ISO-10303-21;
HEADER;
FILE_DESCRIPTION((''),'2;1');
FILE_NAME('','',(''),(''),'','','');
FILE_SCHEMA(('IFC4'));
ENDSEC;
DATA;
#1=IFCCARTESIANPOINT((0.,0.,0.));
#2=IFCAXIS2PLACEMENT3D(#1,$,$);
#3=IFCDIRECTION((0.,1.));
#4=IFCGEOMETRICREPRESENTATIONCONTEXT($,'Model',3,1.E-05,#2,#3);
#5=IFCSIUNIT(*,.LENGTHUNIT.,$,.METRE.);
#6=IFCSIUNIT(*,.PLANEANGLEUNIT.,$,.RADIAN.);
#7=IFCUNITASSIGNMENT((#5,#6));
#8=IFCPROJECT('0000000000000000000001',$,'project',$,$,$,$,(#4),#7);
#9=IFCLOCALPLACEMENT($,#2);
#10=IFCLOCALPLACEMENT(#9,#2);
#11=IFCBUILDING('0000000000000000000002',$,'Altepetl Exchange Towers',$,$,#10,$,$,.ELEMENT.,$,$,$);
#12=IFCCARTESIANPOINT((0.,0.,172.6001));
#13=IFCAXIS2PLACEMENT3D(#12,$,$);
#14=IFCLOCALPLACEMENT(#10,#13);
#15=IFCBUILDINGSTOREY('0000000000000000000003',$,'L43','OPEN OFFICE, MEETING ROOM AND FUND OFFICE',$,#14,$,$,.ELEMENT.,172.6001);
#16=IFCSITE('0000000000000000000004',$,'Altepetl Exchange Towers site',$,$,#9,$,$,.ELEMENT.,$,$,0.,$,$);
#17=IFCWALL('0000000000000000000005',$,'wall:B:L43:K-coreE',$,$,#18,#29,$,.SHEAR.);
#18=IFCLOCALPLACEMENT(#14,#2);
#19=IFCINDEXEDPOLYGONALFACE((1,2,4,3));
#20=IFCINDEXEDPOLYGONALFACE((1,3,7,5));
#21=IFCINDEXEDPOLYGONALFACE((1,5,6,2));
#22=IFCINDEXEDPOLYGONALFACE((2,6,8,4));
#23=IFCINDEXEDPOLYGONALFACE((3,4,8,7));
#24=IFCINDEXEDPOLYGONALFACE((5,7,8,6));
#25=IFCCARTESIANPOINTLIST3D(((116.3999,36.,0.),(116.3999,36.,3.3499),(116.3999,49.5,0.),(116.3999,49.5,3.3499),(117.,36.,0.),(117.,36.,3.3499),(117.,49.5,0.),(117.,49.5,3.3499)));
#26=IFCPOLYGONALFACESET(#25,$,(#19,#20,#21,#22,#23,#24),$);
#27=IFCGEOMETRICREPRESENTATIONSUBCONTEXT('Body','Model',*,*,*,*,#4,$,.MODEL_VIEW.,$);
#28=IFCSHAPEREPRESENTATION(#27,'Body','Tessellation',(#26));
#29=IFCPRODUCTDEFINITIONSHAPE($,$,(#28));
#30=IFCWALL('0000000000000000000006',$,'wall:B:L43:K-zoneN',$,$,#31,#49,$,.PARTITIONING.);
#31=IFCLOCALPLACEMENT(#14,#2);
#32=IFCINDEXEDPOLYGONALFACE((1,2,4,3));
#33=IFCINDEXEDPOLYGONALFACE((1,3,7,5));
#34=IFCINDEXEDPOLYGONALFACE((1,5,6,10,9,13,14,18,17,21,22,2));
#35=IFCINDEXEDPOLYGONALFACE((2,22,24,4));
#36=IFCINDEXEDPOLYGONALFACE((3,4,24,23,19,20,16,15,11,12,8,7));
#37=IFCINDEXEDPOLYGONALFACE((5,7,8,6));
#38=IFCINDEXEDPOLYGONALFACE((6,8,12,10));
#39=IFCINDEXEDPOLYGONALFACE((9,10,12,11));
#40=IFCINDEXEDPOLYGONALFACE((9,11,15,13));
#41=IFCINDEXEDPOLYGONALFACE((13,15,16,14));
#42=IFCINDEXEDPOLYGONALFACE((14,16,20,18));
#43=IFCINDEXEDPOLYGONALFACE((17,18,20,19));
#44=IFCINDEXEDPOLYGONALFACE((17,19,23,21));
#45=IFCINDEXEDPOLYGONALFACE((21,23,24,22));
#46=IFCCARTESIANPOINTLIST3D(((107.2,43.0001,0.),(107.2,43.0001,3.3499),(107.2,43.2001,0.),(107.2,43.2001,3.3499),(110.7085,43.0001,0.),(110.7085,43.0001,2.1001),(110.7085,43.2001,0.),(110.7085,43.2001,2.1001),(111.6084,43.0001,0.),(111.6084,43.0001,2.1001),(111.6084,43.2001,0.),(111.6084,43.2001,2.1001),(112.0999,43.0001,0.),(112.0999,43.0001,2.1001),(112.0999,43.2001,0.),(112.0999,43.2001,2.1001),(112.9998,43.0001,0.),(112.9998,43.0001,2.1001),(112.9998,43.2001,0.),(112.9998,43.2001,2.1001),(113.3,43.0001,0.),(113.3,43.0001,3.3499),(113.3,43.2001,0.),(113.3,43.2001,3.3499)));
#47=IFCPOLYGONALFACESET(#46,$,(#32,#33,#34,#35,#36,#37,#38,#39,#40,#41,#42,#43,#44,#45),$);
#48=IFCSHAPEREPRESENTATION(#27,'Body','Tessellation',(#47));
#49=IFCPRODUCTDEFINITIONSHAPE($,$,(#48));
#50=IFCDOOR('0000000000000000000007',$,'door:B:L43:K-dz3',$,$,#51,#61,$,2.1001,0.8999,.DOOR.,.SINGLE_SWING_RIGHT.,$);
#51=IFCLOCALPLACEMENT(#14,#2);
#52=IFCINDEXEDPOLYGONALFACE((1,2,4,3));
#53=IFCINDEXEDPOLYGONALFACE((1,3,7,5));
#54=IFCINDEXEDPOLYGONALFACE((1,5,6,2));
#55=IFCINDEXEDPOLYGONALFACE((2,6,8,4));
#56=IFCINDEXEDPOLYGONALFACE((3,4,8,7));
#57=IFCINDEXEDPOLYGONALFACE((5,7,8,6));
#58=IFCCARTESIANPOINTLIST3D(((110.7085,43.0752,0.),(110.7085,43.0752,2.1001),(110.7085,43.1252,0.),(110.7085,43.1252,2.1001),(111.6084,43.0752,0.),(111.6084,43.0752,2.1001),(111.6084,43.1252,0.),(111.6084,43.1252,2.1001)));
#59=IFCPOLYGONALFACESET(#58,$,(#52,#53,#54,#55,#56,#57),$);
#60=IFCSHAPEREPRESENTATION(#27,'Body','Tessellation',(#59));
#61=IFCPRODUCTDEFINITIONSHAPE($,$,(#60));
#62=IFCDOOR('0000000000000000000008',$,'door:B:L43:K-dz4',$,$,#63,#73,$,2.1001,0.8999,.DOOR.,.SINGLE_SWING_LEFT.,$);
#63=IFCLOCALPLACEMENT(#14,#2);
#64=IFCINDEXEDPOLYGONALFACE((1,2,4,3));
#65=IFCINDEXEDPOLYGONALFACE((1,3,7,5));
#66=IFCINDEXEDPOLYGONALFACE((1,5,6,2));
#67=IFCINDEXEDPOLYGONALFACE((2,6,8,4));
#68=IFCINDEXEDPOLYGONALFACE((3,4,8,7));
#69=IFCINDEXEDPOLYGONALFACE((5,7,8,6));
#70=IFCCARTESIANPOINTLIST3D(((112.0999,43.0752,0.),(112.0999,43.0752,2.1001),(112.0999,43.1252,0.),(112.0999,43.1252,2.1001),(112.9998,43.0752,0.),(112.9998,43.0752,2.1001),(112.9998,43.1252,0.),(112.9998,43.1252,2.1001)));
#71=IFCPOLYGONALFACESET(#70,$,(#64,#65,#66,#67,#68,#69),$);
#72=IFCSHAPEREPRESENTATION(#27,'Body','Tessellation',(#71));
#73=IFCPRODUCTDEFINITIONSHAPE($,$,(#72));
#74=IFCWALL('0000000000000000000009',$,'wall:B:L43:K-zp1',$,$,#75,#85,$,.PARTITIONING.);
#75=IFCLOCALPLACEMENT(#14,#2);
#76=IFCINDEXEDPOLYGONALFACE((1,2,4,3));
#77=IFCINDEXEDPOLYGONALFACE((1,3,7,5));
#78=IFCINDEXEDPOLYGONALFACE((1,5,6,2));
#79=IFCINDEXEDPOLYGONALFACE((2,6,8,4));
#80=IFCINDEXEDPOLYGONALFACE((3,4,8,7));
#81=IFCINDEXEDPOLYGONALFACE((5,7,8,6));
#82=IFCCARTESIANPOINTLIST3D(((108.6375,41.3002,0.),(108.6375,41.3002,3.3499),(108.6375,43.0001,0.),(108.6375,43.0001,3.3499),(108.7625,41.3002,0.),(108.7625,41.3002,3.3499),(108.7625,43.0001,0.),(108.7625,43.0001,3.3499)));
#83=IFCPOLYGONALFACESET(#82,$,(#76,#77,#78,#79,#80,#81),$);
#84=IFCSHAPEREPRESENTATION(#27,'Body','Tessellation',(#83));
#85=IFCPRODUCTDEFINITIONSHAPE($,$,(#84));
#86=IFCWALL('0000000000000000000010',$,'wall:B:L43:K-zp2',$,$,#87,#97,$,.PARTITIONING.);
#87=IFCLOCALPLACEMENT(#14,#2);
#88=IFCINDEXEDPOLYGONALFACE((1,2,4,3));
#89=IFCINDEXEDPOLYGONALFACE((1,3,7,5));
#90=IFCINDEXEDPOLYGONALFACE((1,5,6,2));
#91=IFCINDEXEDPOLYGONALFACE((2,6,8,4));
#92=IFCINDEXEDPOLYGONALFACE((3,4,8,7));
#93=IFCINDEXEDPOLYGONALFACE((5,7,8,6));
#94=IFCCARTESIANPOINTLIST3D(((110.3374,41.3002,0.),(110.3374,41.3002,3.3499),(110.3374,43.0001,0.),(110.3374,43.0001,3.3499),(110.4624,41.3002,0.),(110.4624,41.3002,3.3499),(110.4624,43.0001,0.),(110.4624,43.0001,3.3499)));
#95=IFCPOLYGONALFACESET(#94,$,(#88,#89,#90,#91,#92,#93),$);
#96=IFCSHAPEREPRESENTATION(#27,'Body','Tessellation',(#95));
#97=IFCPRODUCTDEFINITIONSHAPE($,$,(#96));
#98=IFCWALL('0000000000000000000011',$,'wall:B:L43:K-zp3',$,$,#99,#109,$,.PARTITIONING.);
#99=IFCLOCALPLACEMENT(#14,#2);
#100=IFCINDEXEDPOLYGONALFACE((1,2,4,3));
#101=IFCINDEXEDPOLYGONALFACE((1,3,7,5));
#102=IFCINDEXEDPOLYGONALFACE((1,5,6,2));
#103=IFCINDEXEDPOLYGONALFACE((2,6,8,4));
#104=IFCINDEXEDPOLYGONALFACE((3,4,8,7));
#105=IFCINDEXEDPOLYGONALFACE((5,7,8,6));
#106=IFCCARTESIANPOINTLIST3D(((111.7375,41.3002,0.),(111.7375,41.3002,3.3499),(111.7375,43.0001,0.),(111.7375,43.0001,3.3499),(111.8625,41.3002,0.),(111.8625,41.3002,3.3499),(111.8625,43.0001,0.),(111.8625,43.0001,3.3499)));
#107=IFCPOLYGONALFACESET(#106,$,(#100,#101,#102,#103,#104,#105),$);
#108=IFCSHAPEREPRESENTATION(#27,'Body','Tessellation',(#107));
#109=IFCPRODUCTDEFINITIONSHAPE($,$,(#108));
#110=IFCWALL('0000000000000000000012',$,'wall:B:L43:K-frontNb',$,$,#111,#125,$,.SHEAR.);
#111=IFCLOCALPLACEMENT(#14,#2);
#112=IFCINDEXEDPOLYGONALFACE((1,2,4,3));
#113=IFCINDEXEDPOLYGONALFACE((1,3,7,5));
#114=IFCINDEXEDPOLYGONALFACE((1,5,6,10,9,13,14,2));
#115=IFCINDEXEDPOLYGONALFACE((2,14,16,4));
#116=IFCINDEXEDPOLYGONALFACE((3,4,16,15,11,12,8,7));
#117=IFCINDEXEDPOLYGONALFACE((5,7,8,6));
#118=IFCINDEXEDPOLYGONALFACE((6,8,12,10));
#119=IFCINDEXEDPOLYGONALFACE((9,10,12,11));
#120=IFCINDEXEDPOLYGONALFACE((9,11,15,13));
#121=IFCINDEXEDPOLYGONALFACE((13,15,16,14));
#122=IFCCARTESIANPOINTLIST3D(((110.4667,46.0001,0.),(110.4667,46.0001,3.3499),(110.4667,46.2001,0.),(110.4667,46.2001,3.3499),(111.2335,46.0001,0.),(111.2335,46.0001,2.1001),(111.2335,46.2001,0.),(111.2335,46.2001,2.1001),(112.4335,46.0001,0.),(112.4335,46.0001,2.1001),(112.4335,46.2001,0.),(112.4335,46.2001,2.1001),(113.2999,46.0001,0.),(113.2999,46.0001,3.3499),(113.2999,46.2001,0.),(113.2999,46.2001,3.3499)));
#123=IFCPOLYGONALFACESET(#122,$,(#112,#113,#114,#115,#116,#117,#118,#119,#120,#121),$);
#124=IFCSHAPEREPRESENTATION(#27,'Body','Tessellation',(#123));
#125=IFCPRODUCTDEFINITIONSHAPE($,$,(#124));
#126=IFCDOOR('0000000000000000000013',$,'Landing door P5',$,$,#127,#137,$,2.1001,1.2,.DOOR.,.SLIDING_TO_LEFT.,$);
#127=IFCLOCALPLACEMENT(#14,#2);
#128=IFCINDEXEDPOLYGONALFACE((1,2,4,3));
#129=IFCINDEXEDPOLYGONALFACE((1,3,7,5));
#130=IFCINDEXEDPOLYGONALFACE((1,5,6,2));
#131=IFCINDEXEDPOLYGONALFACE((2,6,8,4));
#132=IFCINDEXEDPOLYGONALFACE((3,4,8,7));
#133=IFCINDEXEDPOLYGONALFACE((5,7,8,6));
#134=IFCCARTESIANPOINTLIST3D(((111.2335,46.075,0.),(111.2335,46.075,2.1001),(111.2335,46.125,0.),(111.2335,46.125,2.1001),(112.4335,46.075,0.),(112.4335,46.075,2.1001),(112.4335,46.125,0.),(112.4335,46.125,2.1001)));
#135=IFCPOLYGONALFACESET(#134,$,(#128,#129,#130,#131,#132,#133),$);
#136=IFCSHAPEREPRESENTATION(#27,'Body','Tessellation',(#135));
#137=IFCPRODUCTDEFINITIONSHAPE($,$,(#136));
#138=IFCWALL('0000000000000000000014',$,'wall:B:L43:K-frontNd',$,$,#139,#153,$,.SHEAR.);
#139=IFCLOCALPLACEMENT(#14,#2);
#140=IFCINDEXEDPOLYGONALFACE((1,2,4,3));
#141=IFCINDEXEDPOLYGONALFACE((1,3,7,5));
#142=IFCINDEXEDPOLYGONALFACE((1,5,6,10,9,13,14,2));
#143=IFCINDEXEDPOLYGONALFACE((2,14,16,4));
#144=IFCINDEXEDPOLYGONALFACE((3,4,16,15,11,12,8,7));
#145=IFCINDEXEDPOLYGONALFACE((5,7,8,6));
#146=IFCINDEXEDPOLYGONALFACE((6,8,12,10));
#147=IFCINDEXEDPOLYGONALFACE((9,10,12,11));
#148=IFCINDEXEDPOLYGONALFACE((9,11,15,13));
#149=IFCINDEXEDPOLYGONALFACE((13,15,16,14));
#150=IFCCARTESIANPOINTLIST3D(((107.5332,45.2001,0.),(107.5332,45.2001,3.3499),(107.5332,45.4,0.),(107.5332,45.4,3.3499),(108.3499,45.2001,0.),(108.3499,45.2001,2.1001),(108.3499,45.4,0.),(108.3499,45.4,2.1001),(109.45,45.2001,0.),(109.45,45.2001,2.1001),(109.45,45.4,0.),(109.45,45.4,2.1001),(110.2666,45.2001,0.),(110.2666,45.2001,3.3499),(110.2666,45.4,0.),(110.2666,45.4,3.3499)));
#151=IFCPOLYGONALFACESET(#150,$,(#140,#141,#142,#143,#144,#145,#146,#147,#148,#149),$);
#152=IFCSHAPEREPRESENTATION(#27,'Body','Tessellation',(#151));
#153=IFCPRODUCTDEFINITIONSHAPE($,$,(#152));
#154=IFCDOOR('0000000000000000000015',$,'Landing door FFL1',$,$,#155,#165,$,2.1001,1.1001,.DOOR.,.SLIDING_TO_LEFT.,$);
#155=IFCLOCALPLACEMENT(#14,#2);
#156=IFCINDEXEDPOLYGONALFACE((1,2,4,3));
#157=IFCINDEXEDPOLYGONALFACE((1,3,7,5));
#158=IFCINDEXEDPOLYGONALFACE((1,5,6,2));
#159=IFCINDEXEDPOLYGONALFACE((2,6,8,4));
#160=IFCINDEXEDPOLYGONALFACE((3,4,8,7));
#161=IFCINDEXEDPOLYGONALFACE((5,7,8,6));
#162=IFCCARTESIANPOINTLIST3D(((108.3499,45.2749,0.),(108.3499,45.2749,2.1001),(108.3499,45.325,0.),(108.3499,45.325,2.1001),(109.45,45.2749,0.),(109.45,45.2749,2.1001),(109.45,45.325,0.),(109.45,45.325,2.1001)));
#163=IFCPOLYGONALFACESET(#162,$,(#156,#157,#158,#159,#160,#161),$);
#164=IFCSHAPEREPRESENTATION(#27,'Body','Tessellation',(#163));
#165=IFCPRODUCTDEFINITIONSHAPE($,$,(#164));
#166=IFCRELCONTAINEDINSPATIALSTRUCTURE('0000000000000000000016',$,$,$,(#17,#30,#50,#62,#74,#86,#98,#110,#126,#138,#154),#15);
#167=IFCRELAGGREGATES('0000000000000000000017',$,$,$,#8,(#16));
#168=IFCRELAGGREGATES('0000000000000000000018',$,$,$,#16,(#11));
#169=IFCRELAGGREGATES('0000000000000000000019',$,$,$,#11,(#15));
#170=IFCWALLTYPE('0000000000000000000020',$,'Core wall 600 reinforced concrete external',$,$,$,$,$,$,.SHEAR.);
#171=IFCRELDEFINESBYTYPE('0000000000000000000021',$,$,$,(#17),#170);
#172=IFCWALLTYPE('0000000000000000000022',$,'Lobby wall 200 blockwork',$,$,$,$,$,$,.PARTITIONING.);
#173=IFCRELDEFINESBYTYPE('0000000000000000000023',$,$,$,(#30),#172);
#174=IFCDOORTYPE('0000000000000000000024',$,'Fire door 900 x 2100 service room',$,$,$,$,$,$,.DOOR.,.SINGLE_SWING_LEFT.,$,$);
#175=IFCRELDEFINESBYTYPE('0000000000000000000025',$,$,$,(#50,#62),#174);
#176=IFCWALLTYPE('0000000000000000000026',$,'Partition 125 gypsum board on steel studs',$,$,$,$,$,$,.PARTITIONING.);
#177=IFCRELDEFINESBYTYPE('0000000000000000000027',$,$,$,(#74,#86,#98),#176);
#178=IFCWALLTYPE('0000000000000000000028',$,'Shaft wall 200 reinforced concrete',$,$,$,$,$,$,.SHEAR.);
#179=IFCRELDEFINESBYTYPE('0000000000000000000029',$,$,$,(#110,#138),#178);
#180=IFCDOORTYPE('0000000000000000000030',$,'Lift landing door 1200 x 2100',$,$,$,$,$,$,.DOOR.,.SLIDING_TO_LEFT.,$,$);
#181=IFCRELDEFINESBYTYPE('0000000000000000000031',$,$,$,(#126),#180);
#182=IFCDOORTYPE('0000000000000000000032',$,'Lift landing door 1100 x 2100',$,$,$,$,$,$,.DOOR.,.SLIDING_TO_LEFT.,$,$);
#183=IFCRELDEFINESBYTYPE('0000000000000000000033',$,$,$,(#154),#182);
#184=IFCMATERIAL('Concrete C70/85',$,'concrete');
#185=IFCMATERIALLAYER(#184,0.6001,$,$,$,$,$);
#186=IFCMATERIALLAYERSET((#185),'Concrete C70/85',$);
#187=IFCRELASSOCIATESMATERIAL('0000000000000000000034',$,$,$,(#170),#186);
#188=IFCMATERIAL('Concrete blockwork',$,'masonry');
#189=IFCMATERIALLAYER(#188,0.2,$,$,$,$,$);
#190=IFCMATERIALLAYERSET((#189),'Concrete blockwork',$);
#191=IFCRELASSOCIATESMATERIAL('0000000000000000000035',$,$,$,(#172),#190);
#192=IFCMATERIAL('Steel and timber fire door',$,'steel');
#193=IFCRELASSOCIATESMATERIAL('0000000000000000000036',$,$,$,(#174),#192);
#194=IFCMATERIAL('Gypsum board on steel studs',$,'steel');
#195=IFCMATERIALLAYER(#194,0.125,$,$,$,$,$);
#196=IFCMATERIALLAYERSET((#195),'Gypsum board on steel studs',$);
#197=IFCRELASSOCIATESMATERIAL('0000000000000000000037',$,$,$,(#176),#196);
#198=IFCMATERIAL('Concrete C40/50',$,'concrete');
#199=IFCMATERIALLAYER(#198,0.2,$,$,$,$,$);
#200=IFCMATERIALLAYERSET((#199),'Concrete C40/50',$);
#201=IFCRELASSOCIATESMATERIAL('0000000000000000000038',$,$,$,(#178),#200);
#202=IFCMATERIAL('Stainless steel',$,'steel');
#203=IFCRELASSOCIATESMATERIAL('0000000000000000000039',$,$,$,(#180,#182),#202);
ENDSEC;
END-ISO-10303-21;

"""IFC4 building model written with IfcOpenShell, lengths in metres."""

from ifc_helpers import new_model, si_unit, direction, frame, frame_2d, origin, place, context, subcontext, project, spatial, rectangle, extrude, material, layer, layer_set, type_object, element, fill, save


model = new_model("IFC4")

# Units and contexts
model_context = context("Model", 3, precision=1e-05, world=origin(), true_north=direction((0.0, 1.0)))
body_context = subcontext(model_context, "Body", "Model", "MODEL_VIEW")
ifc_project = project(units=[si_unit("LENGTHUNIT", "METRE"), si_unit("PLANEANGLEUNIT", "RADIAN")], contexts=[model_context])

# Site, building, storey
site_placement = place(None, origin())
site = spatial("IfcSite", under=ifc_project, at=site_placement, Name="Altepetl Exchange Towers site", CompositionType="ELEMENT", RefElevation=0.0)
building_placement = place(site_placement, origin())
building = spatial("IfcBuilding", under=site, at=building_placement, Name="Altepetl Exchange Towers", CompositionType="ELEMENT")
storey_placement = place(building_placement, frame((0.0, 0.0, 172.6001)))
storey = spatial("IfcBuildingStorey", under=building, at=storey_placement, Name="L43", Description="OPEN OFFICE, MEETING ROOM AND FUND OFFICE", CompositionType="ELEMENT", Elevation=172.6001)

# Wall
ifc_material_1 = material(Name="Concrete C70/85", Category="concrete")
ifc_layer_1 = layer(ifc_material_1, 0.6001)
ifc_layer_set_1 = layer_set([ifc_layer_1], Name="Concrete C70/85")
wall_type_1 = type_object("IfcWallType", Name="Core wall 600 reinforced concrete external", PredefinedType="SHEAR", material=ifc_layer_set_1)
wall_1_placement = place(storey_placement, frame((116.7, 36.0, 0.0), z_axis=(0.0, 0.0, 1.0), x_axis=(0.0, 1.0, 0.0)))
element("IfcWall", 1, at=wall_1_placement, inside=storey, type_object=wall_type_1, Name="wall:B:L43:K-coreE", PredefinedType="SHEAR", context=body_context, shape_type="SweptSolid", body=[
    extrude(rectangle(XDim=13.5, YDim=0.6001, at=frame_2d((6.75, 0.0))), origin(), (0.0, 0.0, 1.0), 3.3499),
])

# Wall, openings, doors
ifc_material_2 = material(Name="Concrete blockwork", Category="masonry")
ifc_layer_2 = layer(ifc_material_2, 0.2)
ifc_layer_set_2 = layer_set([ifc_layer_2], Name="Concrete blockwork")
wall_type_2 = type_object("IfcWallType", Name="Lobby wall 200 blockwork", PredefinedType="PARTITIONING", material=ifc_layer_set_2)
wall_2_placement = place(storey_placement, frame((107.2, 43.1001, 0.0)))
wall_2 = element("IfcWall", 2, at=wall_2_placement, inside=storey, type_object=wall_type_2, Name="wall:B:L43:K-zoneN", PredefinedType="PARTITIONING", context=body_context, shape_type="SweptSolid", body=[
    extrude(rectangle(XDim=6.1001, YDim=0.2, at=frame_2d((3.05, 0.0))), origin(), (0.0, 0.0, 1.0), 3.3499),
])
opening_1_placement = place(wall_2_placement, frame((3.5085, 0.0, 0.0)))
opening_1 = element("IfcOpeningElement", 3, at=opening_1_placement, cuts=wall_2, PredefinedType="OPENING", context=body_context, shape_type="SweptSolid", body=[
    extrude(rectangle(XDim=0.8999, YDim=2.1001, at=frame_2d((0.45, 1.05))), frame((0.0, 0.1099, 0.0), z_axis=(0.0, -1.0, 0.0), x_axis=(1.0, 0.0, 0.0)), (0.0, 0.0, 1.0), 0.22),
])
opening_2_placement = place(wall_2_placement, frame((4.8999, 0.0, 0.0)))
opening_2 = element("IfcOpeningElement", 4, at=opening_2_placement, cuts=wall_2, PredefinedType="OPENING", context=body_context, shape_type="SweptSolid", body=[
    extrude(rectangle(XDim=0.8999, YDim=2.1001, at=frame_2d((0.45, 1.05))), frame((0.0, 0.1099, 0.0), z_axis=(0.0, -1.0, 0.0), x_axis=(1.0, 0.0, 0.0)), (0.0, 0.0, 1.0), 0.22),
])
ifc_material_3 = material(Name="Steel and timber fire door", Category="steel")
door_type_1 = type_object("IfcDoorType", Name="Fire door 900 x 2100 service room", OperationType="SINGLE_SWING_LEFT", PredefinedType="DOOR", material=ifc_material_3)
door_1_placement = place(opening_1_placement, frame((0.8999, 0.0, 0.0), x_axis=(-1.0, 0.0, 0.0)))
door_1 = element("IfcDoor", 5, at=door_1_placement, inside=storey, type_object=door_type_1, Name="door:B:L43:K-dz3", OperationType="SINGLE_SWING_RIGHT", OverallHeight=2.1001, OverallWidth=0.8999, PredefinedType="DOOR", context=body_context, shape_type="SweptSolid", body=[
    extrude(rectangle(XDim=0.8999, YDim=2.1001, at=frame_2d((0.45, 1.05))), frame((0.0, 0.0249, 0.0), z_axis=(0.0, -1.0, 0.0), x_axis=(1.0, 0.0, 0.0)), (0.0, 0.0, 1.0), 0.05),
])
fill(opening_1, door_1)
door_2_placement = place(opening_2_placement, frame((0.8999, 0.0, 0.0), x_axis=(-1.0, 0.0, 0.0)))
door_2 = element("IfcDoor", 6, at=door_2_placement, inside=storey, type_object=door_type_1, Name="door:B:L43:K-dz4", OperationType="SINGLE_SWING_LEFT", OverallHeight=2.1001, OverallWidth=0.8999, PredefinedType="DOOR", context=body_context, shape_type="SweptSolid", body=[
    extrude(rectangle(XDim=0.8999, YDim=2.1001, at=frame_2d((0.45, 1.05))), frame((0.0, 0.0249, 0.0), z_axis=(0.0, -1.0, 0.0), x_axis=(1.0, 0.0, 0.0)), (0.0, 0.0, 1.0), 0.05),
])
fill(opening_2, door_2)

# Walls
ifc_material_4 = material(Name="Gypsum board on steel studs", Category="steel")
ifc_layer_3 = layer(ifc_material_4, 0.125)
ifc_layer_set_3 = layer_set([ifc_layer_3], Name="Gypsum board on steel studs")
wall_type_3 = type_object("IfcWallType", Name="Partition 125 gypsum board on steel studs", PredefinedType="PARTITIONING", material=ifc_layer_set_3)
for number, where, z_axis, x_axis, name in (
    (7, (108.7, 41.3, 0.0), (0.0, 0.0, 1.0), (0.0, 1.0, 0.0), "wall:B:L43:K-zp1"),
    (8, (110.3999, 41.3, 0.0), (0.0, 0.0, 1.0), (0.0, 1.0, 0.0), "wall:B:L43:K-zp2"),
    (9, (111.8, 41.3, 0.0), (0.0, 0.0, 1.0), (0.0, 1.0, 0.0), "wall:B:L43:K-zp3"),
):
    element("IfcWall", number, at=place(storey_placement, frame(where, z_axis=z_axis, x_axis=x_axis)), inside=storey, type_object=wall_type_3, Name=name, PredefinedType="PARTITIONING", context=body_context, shape_type="SweptSolid", body=[
        extrude(rectangle(XDim=1.7, YDim=0.125, at=frame_2d((0.8501, 0.0))), origin(), (0.0, 0.0, 1.0), 3.3499),
    ])

# Walls, openings, doors
ifc_material_5 = material(Name="Concrete C40/50", Category="concrete")
ifc_layer_4 = layer(ifc_material_5, 0.2)
ifc_layer_set_4 = layer_set([ifc_layer_4], Name="Concrete C40/50")
wall_type_4 = type_object("IfcWallType", Name="Shaft wall 200 reinforced concrete", PredefinedType="SHEAR", material=ifc_layer_set_4)
wall_3_placement = place(storey_placement, frame((110.4668, 46.1001, 0.0)))
wall_3 = element("IfcWall", 10, at=wall_3_placement, inside=storey, type_object=wall_type_4, Name="wall:B:L43:K-frontNb", PredefinedType="SHEAR", context=body_context, shape_type="SweptSolid", body=[
    extrude(rectangle(XDim=2.8333, YDim=0.2, at=frame_2d((1.4165, 0.0))), origin(), (0.0, 0.0, 1.0), 3.3499),
])
opening_3_placement = place(wall_3_placement, frame((0.7666, 0.0, 0.0)))
opening_3 = element("IfcOpeningElement", 11, at=opening_3_placement, cuts=wall_3, PredefinedType="OPENING", context=body_context, shape_type="SweptSolid", body=[
    extrude(rectangle(XDim=1.2, YDim=2.1001, at=frame_2d((0.6001, 1.05))), frame((0.0, 0.1099, 0.0), z_axis=(0.0, -1.0, 0.0), x_axis=(1.0, 0.0, 0.0)), (0.0, 0.0, 1.0), 0.22),
])
ifc_material_6 = material(Name="Stainless steel", Category="steel")
door_type_2 = type_object("IfcDoorType", Name="Lift landing door 1200 x 2100", OperationType="SLIDING_TO_LEFT", PredefinedType="DOOR", material=ifc_material_6)
door_3_placement = place(opening_3_placement, origin())
door_3 = element("IfcDoor", 12, at=door_3_placement, inside=storey, type_object=door_type_2, Name="Landing door P5", OperationType="SLIDING_TO_LEFT", OverallHeight=2.1001, OverallWidth=1.2, PredefinedType="DOOR", context=body_context, shape_type="SweptSolid", body=[
    extrude(rectangle(XDim=1.2, YDim=2.1001, at=frame_2d((0.6001, 1.05))), frame((0.0, 0.0249, 0.0), z_axis=(0.0, -1.0, 0.0), x_axis=(1.0, 0.0, 0.0)), (0.0, 0.0, 1.0), 0.05),
])
fill(opening_3, door_3)
wall_4_placement = place(storey_placement, frame((107.5332, 45.3, 0.0)))
wall_4 = element("IfcWall", 13, at=wall_4_placement, inside=storey, type_object=wall_type_4, Name="wall:B:L43:K-frontNd", PredefinedType="SHEAR", context=body_context, shape_type="SweptSolid", body=[
    extrude(rectangle(XDim=2.7334, YDim=0.2, at=frame_2d((1.3667, 0.0))), origin(), (0.0, 0.0, 1.0), 3.3499),
])
opening_4_placement = place(wall_4_placement, frame((0.8167, 0.0, 0.0)))
opening_4 = element("IfcOpeningElement", 14, at=opening_4_placement, cuts=wall_4, PredefinedType="OPENING", context=body_context, shape_type="SweptSolid", body=[
    extrude(rectangle(XDim=1.1001, YDim=2.1001, at=frame_2d((0.55, 1.05))), frame((0.0, 0.1099, 0.0), z_axis=(0.0, -1.0, 0.0), x_axis=(1.0, 0.0, 0.0)), (0.0, 0.0, 1.0), 0.22),
])
door_type_3 = type_object("IfcDoorType", Name="Lift landing door 1100 x 2100", OperationType="SLIDING_TO_LEFT", PredefinedType="DOOR", material=ifc_material_6)
door_4_placement = place(opening_4_placement, origin())
door_4 = element("IfcDoor", 15, at=door_4_placement, inside=storey, type_object=door_type_3, Name="Landing door FFL1", OperationType="SLIDING_TO_LEFT", OverallHeight=2.1001, OverallWidth=1.1001, PredefinedType="DOOR", context=body_context, shape_type="SweptSolid", body=[
    extrude(rectangle(XDim=1.1001, YDim=2.1001, at=frame_2d((0.55, 1.05))), frame((0.0, 0.0249, 0.0), z_axis=(0.0, -1.0, 0.0), x_axis=(1.0, 0.0, 0.0)), (0.0, 0.0, 1.0), 0.05),
])
fill(opening_4, door_4)

save(model, "model.ifc")
